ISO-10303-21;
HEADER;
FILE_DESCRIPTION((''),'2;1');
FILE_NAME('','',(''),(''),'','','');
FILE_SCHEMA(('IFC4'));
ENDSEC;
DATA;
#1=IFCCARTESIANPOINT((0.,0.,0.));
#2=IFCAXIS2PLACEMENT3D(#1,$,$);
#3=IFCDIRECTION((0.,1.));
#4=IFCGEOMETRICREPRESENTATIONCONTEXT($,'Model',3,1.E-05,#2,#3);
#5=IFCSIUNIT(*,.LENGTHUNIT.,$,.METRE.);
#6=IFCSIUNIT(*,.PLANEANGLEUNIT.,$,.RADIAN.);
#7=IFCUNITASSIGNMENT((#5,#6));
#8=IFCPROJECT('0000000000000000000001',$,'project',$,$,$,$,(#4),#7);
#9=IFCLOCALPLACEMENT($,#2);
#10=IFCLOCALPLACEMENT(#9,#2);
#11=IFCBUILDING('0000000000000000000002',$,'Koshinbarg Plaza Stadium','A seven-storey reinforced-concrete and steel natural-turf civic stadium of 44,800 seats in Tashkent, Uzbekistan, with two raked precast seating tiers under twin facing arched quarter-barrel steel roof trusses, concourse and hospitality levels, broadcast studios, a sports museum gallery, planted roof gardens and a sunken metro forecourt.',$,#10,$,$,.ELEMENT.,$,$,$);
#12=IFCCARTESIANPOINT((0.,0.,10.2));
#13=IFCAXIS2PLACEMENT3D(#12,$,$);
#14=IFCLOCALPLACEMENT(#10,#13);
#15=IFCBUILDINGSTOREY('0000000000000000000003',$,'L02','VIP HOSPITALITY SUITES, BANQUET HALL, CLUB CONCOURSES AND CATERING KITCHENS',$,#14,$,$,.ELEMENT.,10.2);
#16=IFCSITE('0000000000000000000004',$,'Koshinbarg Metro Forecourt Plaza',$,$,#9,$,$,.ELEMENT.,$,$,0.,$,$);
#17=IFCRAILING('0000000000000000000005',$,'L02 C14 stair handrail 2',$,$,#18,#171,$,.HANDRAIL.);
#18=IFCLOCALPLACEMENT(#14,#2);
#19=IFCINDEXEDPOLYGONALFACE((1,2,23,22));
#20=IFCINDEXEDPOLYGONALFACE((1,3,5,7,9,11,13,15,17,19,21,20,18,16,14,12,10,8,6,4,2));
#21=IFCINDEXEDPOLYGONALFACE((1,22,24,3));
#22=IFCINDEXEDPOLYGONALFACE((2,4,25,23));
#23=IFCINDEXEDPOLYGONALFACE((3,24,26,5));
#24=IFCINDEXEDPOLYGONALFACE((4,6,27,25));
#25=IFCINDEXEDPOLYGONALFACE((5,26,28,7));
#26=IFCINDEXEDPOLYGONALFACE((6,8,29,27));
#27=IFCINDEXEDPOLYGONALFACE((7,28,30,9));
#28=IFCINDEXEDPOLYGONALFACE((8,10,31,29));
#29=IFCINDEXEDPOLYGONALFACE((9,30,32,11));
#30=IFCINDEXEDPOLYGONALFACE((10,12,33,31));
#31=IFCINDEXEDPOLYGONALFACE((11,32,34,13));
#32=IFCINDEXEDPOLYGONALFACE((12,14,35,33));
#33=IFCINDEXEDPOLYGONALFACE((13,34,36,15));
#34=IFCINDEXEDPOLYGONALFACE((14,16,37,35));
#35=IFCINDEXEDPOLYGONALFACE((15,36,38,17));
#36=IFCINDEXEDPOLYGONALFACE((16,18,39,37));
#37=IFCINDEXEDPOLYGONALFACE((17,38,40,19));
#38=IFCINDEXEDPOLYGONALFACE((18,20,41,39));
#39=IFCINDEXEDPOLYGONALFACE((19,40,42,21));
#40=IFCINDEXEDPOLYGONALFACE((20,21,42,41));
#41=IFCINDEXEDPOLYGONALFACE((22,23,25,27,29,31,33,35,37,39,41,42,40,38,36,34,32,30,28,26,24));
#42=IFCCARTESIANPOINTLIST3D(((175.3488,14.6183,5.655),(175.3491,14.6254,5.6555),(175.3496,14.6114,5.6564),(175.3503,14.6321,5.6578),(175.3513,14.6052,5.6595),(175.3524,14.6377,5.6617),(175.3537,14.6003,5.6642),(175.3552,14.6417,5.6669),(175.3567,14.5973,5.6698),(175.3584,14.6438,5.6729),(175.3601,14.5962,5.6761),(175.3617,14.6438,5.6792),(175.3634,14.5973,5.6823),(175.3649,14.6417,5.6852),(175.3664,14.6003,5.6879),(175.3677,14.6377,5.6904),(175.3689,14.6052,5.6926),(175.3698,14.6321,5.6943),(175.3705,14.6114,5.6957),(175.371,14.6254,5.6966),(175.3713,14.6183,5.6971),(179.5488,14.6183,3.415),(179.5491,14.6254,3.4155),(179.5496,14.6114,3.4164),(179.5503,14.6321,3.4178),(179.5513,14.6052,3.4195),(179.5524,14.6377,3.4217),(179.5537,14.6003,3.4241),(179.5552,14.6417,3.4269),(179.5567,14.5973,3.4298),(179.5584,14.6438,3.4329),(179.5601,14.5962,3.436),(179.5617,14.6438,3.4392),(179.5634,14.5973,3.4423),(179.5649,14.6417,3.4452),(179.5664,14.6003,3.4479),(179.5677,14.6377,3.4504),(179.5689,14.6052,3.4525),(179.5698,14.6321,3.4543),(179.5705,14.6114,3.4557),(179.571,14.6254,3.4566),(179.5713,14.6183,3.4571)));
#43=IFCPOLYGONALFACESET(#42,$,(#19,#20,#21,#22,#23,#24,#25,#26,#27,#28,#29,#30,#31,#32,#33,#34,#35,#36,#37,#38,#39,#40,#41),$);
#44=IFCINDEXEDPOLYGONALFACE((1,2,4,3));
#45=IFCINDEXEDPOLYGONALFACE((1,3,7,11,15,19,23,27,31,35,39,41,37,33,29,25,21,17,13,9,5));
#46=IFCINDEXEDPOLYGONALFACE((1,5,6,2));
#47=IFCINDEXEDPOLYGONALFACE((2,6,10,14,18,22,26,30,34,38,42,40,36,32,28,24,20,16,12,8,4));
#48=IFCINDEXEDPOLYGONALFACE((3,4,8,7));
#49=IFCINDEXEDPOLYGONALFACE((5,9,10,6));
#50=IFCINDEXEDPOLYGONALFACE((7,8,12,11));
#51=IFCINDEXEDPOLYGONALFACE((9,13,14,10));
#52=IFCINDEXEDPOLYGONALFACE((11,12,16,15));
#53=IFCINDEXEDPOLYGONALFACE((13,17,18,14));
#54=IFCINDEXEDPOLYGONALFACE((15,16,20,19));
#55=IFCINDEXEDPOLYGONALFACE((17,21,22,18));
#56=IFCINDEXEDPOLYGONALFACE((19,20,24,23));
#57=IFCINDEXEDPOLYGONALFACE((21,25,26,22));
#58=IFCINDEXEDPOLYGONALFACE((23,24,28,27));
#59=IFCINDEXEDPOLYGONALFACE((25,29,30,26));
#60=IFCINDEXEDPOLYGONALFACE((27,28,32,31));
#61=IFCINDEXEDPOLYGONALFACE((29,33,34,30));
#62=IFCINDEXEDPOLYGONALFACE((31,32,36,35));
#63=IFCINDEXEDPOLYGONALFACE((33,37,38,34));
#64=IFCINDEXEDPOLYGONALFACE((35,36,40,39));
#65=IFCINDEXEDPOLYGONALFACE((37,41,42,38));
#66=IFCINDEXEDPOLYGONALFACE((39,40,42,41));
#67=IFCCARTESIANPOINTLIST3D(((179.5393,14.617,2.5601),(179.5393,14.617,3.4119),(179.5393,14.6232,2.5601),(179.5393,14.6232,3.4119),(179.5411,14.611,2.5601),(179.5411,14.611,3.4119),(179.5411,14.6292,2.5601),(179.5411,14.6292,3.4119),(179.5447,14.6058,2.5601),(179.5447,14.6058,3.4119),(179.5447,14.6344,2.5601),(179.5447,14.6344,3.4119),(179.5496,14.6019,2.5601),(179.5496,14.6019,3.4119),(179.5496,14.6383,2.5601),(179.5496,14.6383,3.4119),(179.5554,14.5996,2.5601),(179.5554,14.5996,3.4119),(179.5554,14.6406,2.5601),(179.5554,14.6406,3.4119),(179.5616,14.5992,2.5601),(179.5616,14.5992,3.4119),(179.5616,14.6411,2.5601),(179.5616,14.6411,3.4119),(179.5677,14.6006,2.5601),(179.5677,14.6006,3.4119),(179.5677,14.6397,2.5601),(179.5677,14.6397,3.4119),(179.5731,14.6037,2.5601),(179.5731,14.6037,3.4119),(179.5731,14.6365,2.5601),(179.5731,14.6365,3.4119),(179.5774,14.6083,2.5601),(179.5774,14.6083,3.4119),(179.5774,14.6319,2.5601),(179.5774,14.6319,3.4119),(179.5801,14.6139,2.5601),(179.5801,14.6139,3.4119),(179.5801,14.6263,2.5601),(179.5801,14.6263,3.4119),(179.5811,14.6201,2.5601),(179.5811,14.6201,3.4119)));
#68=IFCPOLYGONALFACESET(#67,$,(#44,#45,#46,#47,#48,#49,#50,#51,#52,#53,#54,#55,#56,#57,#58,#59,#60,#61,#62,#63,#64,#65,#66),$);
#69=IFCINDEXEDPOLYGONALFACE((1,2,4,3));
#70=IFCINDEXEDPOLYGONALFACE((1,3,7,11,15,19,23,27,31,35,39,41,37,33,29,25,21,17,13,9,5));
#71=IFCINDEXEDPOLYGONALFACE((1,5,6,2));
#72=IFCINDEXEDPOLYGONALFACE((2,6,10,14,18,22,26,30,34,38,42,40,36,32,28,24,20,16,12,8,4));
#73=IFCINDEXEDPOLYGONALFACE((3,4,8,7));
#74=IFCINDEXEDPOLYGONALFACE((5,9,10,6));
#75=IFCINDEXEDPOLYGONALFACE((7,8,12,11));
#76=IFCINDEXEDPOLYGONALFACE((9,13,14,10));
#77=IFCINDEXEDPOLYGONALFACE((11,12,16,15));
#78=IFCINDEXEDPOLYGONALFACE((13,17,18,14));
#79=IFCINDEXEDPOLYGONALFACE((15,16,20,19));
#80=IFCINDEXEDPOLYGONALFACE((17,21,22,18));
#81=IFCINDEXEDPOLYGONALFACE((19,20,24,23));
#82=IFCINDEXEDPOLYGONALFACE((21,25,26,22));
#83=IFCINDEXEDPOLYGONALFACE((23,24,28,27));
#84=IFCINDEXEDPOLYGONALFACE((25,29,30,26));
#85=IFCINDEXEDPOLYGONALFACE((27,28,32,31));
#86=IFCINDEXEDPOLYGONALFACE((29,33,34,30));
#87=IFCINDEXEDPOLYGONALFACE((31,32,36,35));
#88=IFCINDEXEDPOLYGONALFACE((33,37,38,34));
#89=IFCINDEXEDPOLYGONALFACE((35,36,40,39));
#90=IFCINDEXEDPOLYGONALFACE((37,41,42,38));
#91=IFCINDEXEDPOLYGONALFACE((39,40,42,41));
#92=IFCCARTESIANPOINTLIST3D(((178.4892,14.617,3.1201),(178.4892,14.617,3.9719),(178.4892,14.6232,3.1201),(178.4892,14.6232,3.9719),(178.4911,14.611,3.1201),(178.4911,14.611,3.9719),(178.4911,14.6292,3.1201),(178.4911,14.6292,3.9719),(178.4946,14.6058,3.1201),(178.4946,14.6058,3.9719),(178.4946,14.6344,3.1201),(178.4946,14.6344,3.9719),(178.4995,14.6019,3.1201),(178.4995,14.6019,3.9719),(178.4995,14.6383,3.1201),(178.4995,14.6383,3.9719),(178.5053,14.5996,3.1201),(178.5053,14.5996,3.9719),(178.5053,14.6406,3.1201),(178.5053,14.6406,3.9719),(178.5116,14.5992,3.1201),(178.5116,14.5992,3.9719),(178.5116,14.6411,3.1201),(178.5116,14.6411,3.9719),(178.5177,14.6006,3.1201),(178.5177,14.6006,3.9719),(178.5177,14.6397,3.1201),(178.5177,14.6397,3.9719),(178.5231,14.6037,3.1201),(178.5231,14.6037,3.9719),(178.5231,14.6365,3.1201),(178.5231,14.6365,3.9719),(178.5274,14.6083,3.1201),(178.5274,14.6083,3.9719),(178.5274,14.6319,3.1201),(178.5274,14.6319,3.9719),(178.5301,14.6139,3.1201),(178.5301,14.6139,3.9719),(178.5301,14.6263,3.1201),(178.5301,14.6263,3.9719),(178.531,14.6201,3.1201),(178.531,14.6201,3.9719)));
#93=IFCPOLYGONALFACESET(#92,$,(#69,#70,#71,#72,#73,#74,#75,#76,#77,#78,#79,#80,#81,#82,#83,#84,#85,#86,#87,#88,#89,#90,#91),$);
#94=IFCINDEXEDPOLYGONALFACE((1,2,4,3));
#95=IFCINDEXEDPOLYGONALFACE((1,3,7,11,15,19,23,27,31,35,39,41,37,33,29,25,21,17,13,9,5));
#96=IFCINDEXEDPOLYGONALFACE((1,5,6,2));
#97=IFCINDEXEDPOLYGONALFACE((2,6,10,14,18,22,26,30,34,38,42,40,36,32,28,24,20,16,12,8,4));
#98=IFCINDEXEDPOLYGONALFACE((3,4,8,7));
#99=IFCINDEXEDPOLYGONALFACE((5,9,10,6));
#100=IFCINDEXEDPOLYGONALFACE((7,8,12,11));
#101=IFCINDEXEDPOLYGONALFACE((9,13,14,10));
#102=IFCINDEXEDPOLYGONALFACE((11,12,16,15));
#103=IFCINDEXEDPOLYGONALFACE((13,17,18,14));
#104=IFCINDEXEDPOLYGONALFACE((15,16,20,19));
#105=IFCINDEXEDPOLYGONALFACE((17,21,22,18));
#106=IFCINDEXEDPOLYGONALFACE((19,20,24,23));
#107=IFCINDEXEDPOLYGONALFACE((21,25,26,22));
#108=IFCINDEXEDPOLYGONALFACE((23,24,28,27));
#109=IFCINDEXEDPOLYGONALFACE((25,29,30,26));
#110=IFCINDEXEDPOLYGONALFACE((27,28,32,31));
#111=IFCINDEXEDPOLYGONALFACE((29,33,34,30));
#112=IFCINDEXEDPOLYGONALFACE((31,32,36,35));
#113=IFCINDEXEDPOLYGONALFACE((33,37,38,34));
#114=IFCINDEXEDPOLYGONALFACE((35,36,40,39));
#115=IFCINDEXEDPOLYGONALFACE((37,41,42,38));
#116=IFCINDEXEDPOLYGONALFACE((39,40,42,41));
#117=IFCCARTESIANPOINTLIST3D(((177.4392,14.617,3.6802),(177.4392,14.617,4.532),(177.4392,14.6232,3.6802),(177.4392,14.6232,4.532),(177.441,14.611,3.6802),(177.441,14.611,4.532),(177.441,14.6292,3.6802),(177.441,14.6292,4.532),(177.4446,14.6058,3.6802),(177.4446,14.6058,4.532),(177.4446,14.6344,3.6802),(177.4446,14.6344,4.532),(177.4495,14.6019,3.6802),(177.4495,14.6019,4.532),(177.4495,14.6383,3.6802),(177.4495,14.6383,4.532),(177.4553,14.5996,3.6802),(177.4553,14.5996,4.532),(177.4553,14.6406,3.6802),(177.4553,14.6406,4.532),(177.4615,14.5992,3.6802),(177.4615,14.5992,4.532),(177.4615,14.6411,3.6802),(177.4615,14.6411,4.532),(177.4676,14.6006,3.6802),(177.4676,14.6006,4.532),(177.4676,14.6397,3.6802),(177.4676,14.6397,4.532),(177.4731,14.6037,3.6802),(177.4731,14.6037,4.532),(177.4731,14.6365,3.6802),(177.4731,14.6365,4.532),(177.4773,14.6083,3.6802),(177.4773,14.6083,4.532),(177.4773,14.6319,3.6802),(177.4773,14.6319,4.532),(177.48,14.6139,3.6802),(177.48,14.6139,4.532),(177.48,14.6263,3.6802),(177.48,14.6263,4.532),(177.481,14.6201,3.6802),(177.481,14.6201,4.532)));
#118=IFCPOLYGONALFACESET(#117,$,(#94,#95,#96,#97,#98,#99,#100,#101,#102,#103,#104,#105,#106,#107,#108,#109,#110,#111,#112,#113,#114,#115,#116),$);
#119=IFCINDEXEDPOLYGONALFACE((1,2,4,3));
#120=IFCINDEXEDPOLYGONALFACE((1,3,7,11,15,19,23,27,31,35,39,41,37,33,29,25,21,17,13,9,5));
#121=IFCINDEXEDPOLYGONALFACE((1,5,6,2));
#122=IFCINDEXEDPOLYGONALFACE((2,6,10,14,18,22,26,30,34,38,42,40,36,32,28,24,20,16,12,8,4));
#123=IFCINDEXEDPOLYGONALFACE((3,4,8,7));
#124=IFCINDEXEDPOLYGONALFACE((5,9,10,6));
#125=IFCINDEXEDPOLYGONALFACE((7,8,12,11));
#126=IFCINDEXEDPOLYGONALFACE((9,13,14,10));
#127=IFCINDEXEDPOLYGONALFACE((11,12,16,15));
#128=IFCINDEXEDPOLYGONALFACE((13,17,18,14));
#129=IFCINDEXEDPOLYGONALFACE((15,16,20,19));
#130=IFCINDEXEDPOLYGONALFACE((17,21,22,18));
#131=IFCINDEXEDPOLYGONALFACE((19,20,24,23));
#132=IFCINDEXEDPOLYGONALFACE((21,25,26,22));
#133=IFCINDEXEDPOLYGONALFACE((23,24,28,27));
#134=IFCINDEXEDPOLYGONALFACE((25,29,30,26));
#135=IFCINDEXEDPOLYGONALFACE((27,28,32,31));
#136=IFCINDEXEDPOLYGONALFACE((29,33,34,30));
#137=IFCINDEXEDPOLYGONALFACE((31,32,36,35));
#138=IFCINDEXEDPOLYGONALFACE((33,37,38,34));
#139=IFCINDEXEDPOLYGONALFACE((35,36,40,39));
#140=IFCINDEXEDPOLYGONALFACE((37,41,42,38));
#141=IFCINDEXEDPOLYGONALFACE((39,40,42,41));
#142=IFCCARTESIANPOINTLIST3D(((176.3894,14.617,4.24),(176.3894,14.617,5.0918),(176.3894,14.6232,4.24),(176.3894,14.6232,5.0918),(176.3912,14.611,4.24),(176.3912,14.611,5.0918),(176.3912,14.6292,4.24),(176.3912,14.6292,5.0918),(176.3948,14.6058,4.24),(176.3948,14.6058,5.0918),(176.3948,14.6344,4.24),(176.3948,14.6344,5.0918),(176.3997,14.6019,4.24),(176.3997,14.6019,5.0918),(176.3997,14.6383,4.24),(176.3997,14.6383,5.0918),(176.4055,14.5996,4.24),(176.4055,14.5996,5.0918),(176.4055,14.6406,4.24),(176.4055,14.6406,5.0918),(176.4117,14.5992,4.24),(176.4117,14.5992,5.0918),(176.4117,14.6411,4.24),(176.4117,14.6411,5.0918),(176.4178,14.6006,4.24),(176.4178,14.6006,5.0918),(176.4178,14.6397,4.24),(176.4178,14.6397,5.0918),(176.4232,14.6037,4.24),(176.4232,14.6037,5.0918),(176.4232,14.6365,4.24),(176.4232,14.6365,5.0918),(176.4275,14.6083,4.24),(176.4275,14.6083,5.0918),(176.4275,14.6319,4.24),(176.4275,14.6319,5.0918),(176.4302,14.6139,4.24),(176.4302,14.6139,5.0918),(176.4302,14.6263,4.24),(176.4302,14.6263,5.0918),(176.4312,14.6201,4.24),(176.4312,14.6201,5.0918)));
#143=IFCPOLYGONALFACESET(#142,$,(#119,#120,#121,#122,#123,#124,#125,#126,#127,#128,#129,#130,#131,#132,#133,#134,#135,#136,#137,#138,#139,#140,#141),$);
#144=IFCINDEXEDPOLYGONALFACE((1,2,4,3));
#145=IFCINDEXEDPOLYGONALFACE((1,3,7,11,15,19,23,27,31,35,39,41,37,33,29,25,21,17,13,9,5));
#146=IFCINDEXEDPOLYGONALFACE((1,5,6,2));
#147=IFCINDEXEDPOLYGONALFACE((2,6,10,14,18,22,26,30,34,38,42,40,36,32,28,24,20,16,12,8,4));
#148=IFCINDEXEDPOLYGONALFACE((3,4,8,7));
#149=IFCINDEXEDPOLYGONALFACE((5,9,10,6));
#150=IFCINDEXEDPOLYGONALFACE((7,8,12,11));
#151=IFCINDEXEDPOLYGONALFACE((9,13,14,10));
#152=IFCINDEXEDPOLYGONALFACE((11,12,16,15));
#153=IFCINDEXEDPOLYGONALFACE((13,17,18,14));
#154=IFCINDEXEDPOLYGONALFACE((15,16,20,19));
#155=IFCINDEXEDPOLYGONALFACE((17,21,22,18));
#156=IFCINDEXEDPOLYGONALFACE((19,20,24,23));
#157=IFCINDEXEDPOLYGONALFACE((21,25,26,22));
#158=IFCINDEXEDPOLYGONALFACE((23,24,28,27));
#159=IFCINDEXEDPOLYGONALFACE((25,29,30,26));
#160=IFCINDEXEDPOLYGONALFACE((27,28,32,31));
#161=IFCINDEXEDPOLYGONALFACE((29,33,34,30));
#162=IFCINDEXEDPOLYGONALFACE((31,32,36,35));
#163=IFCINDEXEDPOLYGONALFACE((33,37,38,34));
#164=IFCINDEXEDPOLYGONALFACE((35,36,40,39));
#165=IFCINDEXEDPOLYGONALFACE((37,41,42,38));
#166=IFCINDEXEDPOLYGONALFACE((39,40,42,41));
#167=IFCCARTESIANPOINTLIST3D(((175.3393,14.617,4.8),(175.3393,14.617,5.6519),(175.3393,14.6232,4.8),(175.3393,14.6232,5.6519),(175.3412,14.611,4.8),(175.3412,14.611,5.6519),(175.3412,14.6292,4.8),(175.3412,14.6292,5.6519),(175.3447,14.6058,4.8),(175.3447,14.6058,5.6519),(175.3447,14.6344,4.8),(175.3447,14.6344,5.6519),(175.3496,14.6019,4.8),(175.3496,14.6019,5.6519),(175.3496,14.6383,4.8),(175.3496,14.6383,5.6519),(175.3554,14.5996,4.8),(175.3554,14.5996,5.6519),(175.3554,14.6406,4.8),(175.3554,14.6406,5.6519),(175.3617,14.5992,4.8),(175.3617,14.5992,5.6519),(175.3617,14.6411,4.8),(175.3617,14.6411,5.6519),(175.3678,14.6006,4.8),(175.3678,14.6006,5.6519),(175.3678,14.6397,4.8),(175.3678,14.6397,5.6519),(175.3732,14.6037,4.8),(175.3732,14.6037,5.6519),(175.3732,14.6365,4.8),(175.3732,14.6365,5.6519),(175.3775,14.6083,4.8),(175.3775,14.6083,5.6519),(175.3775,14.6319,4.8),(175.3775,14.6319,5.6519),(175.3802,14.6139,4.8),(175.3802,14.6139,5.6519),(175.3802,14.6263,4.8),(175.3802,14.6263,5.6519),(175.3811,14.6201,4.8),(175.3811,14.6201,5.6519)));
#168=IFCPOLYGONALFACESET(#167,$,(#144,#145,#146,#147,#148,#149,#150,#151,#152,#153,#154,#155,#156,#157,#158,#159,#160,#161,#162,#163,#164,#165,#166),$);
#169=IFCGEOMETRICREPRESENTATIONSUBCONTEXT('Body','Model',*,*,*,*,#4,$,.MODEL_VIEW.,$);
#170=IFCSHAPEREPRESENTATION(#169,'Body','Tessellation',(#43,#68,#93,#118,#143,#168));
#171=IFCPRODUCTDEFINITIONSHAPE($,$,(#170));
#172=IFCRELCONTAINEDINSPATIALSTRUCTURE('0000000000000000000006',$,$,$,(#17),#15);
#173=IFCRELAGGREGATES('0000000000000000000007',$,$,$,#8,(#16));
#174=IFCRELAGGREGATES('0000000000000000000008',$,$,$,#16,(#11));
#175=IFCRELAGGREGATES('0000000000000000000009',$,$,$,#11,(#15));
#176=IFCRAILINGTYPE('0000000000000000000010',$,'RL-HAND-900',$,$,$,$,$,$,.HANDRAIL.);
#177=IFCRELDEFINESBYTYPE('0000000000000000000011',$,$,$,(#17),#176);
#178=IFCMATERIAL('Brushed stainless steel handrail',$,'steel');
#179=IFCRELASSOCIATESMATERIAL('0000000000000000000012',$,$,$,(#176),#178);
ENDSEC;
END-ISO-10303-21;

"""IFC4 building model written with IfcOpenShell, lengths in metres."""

from ifc_helpers import new_model, si_unit, direction, frame, origin, origin_2d, place, context, subcontext, project, spatial, circle, extrude, material, type_object, element, save


model = new_model("IFC4")

# Units and contexts
model_context = context("Model", 3, precision=1e-05, world=origin(), true_north=direction((0.0, 1.0)))
body_context = subcontext(model_context, "Body", "Model", "MODEL_VIEW")
ifc_project = project(units=[si_unit("LENGTHUNIT", "METRE"), si_unit("PLANEANGLEUNIT", "RADIAN")], contexts=[model_context])

# Site, building, storey
site_placement = place(None, origin())
site = spatial("IfcSite", under=ifc_project, at=site_placement, Name="Koshinbarg Metro Forecourt Plaza", CompositionType="ELEMENT", RefElevation=0.0)
building_placement = place(site_placement, origin())
building = spatial("IfcBuilding", under=site, at=building_placement, Name="Koshinbarg Plaza Stadium", Description="A seven-storey reinforced-concrete and steel natural-turf civic stadium of 44,800 seats in Tashkent, Uzbekistan, with two raked precast seating tiers under twin facing arched quarter-barrel steel roof trusses, concourse and hospitality levels, broadcast studios, a sports museum gallery, planted roof gardens and a sunken metro forecourt.", CompositionType="ELEMENT")
storey_placement = place(building_placement, frame((0.0, 0.0, 10.2)))
storey = spatial("IfcBuildingStorey", under=building, at=storey_placement, Name="L02", Description="VIP HOSPITALITY SUITES, BANQUET HALL, CLUB CONCOURSES AND CATERING KITCHENS", CompositionType="ELEMENT", Elevation=10.2)

# Railing
ifc_material_1 = material(Name="Brushed stainless steel handrail", Category="steel")
railing_type_1 = type_object("IfcRailingType", Name="RL-HAND-900", PredefinedType="HANDRAIL", material=ifc_material_1)
railing_1_placement = place(storey_placement, frame((179.5601, 14.6201, 2.5601)))
element("IfcRailing", 1, at=railing_1_placement, inside=storey, type_object=railing_type_1, Name="L02 C14 stair handrail 2", PredefinedType="HANDRAIL", context=body_context, shape_type="SweptSolid", body=[
    extrude(circle(Radius=0.0239, at=origin_2d()), frame((0.0, 0.0, 0.876), z_axis=(-0.882352, 0.0, 0.470591), x_axis=(0.0, -1.0, 0.0)), (0.0, 0.0, 1.0), 4.76),
    extrude(circle(Radius=0.021, at=origin_2d()), origin(), (0.0, 0.0, 1.0), 0.8518),
    extrude(circle(Radius=0.021, at=origin_2d()), frame((-1.05, 0.0, 0.5601)), (0.0, 0.0, 1.0), 0.8518),
    extrude(circle(Radius=0.021, at=origin_2d()), frame((-2.1001, 0.0, 1.1201)), (0.0, 0.0, 1.0), 0.8518),
    extrude(circle(Radius=0.021, at=origin_2d()), frame((-3.1499, 0.0, 1.6799)), (0.0, 0.0, 1.0), 0.8518),
    extrude(circle(Radius=0.021, at=origin_2d()), frame((-4.2, 0.0, 2.24)), (0.0, 0.0, 1.0), 0.8518),
])

save(model, "model.ifc")
